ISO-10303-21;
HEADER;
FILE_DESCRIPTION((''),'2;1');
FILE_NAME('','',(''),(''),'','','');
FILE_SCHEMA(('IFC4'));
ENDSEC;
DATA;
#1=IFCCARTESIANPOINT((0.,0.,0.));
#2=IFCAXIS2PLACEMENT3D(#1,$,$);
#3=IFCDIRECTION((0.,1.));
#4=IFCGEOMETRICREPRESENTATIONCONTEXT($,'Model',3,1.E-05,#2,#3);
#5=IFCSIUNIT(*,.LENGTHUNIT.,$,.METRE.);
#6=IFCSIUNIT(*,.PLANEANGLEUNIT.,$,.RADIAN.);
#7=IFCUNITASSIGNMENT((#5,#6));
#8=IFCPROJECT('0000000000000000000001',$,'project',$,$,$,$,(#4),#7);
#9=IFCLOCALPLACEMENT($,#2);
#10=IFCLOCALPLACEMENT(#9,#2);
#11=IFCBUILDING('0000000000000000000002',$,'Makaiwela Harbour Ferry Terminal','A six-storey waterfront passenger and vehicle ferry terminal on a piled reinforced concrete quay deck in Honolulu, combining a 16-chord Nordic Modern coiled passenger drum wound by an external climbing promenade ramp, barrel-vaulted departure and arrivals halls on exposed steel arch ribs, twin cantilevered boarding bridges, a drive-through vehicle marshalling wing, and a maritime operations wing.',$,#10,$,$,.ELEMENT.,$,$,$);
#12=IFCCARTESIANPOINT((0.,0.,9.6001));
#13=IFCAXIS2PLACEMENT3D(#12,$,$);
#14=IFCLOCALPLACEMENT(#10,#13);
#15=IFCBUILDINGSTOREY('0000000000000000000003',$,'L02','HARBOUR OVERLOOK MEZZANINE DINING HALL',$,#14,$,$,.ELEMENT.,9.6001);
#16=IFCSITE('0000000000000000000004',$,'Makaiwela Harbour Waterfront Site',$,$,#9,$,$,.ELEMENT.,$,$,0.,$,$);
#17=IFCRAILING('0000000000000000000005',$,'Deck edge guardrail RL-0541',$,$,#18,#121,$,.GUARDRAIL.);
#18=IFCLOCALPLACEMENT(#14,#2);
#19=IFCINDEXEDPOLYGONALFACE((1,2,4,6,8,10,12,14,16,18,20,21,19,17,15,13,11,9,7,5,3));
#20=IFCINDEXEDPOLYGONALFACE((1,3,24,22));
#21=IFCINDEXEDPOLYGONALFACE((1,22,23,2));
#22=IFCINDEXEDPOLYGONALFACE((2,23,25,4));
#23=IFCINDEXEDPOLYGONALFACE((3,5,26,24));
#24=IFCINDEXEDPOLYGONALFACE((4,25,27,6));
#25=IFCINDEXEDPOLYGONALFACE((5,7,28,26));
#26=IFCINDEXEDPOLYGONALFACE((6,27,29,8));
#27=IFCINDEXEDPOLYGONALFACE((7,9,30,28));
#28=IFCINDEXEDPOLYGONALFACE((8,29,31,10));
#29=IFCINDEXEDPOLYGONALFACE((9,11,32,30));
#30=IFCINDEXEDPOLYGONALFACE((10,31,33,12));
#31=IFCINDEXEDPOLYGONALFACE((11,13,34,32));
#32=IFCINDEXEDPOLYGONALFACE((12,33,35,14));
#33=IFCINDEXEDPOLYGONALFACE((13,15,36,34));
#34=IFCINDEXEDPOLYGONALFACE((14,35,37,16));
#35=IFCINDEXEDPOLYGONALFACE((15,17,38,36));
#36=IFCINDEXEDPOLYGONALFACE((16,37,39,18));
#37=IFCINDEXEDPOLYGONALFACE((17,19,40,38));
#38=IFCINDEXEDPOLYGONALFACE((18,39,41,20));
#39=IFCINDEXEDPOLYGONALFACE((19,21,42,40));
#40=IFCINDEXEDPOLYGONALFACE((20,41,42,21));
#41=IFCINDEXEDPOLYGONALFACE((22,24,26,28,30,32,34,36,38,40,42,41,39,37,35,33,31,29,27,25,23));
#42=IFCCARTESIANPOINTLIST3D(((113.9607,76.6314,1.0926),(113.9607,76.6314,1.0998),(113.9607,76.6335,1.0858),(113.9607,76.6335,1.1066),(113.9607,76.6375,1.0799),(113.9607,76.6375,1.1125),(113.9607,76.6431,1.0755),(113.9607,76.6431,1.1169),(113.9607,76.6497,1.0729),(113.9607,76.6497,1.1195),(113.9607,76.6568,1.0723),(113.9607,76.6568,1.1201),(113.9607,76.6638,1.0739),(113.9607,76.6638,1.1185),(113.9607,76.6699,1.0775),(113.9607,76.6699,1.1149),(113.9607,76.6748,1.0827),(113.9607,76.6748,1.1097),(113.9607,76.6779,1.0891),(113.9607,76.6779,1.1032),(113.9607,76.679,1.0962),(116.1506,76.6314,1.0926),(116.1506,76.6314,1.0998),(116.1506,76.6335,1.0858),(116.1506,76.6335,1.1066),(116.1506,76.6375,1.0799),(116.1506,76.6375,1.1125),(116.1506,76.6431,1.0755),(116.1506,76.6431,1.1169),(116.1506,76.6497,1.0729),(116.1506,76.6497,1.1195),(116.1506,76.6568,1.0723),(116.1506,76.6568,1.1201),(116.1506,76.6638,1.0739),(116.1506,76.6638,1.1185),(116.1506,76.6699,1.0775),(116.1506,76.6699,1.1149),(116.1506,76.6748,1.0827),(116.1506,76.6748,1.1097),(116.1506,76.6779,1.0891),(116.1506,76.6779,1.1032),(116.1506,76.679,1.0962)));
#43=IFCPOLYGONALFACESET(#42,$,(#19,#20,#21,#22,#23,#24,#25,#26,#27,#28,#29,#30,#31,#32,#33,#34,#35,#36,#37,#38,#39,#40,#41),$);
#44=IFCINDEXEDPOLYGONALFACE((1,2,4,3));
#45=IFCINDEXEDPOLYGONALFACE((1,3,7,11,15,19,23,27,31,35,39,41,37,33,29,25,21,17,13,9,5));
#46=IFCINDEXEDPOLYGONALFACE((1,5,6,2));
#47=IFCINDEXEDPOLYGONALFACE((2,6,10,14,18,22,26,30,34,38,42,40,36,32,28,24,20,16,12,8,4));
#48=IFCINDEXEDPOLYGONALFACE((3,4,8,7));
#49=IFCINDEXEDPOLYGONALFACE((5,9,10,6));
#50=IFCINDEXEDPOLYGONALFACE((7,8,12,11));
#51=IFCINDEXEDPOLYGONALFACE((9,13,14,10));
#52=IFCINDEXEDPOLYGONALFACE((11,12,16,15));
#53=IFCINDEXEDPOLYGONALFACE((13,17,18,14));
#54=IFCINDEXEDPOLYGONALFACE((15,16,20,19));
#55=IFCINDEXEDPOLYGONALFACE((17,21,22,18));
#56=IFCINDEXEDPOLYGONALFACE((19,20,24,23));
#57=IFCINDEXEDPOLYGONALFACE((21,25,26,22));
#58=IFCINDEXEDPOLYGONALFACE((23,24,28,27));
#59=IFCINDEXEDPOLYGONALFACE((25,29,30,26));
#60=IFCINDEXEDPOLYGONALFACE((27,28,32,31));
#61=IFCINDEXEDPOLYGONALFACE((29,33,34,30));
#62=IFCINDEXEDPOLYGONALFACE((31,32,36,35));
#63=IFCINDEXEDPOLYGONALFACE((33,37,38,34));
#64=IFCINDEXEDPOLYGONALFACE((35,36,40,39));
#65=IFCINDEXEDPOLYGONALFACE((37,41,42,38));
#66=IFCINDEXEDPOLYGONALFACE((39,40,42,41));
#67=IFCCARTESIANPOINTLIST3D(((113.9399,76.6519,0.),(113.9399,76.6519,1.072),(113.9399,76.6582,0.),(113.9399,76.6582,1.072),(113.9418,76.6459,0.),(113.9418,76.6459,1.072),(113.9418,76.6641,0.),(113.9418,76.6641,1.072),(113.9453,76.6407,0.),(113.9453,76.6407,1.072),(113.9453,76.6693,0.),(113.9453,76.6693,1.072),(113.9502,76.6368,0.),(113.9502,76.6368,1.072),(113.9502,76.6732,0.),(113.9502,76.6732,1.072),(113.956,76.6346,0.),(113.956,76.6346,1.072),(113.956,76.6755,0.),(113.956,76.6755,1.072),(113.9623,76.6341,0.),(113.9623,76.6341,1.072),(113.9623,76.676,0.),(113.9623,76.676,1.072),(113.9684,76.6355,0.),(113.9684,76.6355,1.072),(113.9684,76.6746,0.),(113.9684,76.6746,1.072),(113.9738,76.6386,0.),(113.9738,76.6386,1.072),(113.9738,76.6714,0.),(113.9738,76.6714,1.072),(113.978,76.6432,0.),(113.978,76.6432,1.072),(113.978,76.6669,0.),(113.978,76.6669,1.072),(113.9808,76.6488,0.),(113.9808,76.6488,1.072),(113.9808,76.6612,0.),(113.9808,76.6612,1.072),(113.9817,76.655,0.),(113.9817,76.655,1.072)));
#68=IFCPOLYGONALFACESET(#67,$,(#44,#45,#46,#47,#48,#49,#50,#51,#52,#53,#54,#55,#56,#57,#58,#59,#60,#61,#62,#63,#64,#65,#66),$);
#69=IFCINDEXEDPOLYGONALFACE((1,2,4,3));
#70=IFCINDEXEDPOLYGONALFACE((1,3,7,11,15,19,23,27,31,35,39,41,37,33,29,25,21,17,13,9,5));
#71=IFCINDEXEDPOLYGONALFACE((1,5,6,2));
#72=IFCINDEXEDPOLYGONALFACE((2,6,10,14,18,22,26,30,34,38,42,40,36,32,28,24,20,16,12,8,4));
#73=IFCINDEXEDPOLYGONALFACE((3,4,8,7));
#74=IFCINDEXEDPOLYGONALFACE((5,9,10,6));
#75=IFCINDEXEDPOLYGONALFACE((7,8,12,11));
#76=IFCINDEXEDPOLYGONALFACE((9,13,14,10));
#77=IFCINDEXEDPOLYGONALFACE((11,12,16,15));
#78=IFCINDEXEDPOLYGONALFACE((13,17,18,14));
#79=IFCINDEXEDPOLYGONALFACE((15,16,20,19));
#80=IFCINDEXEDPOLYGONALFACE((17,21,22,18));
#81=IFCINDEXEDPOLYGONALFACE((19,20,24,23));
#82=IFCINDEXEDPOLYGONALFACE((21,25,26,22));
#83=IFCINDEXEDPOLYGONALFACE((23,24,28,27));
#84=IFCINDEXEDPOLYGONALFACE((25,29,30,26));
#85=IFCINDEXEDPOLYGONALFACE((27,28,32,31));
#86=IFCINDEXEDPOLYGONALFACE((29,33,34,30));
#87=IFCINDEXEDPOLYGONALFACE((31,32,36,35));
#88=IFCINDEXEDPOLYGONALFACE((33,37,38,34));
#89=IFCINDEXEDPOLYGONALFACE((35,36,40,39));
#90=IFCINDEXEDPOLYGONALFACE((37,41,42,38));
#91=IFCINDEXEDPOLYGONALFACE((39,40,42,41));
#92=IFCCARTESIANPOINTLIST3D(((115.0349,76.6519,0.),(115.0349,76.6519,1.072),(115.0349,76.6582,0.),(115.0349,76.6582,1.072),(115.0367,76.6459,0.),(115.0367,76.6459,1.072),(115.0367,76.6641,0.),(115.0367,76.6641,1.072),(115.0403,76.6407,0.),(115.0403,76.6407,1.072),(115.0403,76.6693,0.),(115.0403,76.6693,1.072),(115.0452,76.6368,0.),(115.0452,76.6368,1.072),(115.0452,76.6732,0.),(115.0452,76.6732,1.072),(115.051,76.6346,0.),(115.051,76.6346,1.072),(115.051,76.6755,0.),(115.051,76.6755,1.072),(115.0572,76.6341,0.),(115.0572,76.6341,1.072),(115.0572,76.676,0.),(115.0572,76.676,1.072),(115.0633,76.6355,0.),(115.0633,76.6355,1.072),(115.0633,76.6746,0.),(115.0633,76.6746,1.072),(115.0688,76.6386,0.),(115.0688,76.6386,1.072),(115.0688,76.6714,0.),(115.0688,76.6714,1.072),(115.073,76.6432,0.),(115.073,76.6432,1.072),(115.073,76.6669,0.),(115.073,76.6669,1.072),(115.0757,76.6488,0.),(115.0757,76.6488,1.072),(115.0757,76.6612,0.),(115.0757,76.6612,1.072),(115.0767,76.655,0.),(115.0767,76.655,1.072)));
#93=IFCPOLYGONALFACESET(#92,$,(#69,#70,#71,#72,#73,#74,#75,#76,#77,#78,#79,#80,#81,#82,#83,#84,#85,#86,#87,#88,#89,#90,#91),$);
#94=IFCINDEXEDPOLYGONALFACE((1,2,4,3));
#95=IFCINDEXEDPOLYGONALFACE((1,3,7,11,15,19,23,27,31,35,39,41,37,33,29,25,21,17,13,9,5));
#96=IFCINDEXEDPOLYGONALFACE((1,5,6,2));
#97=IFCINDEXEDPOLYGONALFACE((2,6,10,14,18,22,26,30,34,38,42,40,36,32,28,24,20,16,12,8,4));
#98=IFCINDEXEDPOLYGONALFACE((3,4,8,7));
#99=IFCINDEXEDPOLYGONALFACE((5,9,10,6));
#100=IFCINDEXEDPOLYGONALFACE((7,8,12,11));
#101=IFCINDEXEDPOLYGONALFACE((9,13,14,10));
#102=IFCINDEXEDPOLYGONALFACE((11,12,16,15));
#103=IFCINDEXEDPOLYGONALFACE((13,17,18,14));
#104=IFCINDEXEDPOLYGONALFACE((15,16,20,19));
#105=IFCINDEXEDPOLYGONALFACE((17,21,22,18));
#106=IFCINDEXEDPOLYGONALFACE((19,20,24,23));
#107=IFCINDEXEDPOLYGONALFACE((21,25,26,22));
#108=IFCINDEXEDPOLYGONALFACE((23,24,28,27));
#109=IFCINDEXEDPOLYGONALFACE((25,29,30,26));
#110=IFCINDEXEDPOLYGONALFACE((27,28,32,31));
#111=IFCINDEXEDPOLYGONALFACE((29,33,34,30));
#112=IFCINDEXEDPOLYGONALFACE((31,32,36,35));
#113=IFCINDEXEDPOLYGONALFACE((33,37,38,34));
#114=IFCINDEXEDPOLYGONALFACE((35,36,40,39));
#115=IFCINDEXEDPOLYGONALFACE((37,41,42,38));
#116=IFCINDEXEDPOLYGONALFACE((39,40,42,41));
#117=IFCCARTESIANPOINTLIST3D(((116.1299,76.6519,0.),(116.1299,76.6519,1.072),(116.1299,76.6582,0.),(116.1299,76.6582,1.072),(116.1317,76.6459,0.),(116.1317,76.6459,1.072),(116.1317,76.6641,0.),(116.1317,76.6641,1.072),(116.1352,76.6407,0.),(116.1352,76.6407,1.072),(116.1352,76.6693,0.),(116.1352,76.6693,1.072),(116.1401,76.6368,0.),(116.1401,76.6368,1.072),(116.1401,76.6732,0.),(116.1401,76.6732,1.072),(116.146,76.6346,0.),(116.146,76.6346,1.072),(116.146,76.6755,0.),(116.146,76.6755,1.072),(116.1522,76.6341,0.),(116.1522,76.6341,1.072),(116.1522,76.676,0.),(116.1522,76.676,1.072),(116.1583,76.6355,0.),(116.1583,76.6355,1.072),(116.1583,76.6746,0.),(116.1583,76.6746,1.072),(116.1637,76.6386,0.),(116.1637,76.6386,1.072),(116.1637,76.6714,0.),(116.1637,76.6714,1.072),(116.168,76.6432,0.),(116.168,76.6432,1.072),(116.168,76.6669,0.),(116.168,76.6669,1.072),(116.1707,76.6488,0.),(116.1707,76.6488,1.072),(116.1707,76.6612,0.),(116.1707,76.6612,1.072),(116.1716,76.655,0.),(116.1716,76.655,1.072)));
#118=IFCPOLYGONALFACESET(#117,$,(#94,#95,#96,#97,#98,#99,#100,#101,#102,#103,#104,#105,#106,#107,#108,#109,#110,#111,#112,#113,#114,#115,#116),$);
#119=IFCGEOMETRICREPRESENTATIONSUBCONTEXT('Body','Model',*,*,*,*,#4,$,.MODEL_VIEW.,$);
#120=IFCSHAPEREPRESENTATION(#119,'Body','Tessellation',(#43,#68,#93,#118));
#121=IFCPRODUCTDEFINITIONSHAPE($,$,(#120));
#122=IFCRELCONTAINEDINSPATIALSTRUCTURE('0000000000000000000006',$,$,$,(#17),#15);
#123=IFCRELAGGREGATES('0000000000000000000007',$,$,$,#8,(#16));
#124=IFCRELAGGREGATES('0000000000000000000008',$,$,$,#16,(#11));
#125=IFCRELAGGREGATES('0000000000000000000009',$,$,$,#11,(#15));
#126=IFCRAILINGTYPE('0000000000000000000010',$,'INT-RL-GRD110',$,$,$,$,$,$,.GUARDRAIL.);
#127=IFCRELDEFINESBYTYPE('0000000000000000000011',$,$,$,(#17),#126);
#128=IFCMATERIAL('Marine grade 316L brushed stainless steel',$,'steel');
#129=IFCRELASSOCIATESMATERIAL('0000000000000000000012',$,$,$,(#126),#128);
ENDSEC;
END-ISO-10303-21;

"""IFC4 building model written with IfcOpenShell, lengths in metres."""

from ifc_helpers import new_model, si_unit, direction, frame, origin, origin_2d, place, context, subcontext, project, spatial, circle, extrude, material, type_object, element, save


model = new_model("IFC4")

# Units and contexts
model_context = context("Model", 3, precision=1e-05, world=origin(), true_north=direction((0.0, 1.0)))
body_context = subcontext(model_context, "Body", "Model", "MODEL_VIEW")
ifc_project = project(units=[si_unit("LENGTHUNIT", "METRE"), si_unit("PLANEANGLEUNIT", "RADIAN")], contexts=[model_context])

# Site, building, storey
site_placement = place(None, origin())
site = spatial("IfcSite", under=ifc_project, at=site_placement, Name="Makaiwela Harbour Waterfront Site", CompositionType="ELEMENT", RefElevation=0.0)
building_placement = place(site_placement, origin())
building = spatial("IfcBuilding", under=site, at=building_placement, Name="Makaiwela Harbour Ferry Terminal", Description="A six-storey waterfront passenger and vehicle ferry terminal on a piled reinforced concrete quay deck in Honolulu, combining a 16-chord Nordic Modern coiled passenger drum wound by an external climbing promenade ramp, barrel-vaulted departure and arrivals halls on exposed steel arch ribs, twin cantilevered boarding bridges, a drive-through vehicle marshalling wing, and a maritime operations wing.", CompositionType="ELEMENT")
storey_placement = place(building_placement, frame((0.0, 0.0, 9.6001)))
storey = spatial("IfcBuildingStorey", under=building, at=storey_placement, Name="L02", Description="HARBOUR OVERLOOK MEZZANINE DINING HALL", CompositionType="ELEMENT", Elevation=9.6001)

# Railing
ifc_material_1 = material(Name="Marine grade 316L brushed stainless steel", Category="steel")
railing_type = type_object("IfcRailingType", Name="INT-RL-GRD110", PredefinedType="GUARDRAIL", material=ifc_material_1)
railing_1_placement = place(storey_placement, frame((113.9607, 76.655, 0.0)))
element("IfcRailing", 1, at=railing_1_placement, inside=storey, type_object=railing_type, Name="Deck edge guardrail RL-0541", PredefinedType="GUARDRAIL", context=body_context, shape_type="SweptSolid", body=[
    extrude(circle(Radius=0.0239, at=origin_2d()), frame((0.0, 0.0, 1.0962), z_axis=(1.0, 0.0, 0.0), x_axis=(0.0, 1.0, 0.0)), (0.0, 0.0, 1.0), 2.1899),
    extrude(circle(Radius=0.021, at=origin_2d()), origin(), (0.0, 0.0, 1.0), 1.072),
    extrude(circle(Radius=0.021, at=origin_2d()), frame((1.095, 0.0, 0.0)), (0.0, 0.0, 1.0), 1.072),
    extrude(circle(Radius=0.021, at=origin_2d()), frame((2.1899, 0.0, 0.0)), (0.0, 0.0, 1.0), 1.072),
])

save(model, "model.ifc")
